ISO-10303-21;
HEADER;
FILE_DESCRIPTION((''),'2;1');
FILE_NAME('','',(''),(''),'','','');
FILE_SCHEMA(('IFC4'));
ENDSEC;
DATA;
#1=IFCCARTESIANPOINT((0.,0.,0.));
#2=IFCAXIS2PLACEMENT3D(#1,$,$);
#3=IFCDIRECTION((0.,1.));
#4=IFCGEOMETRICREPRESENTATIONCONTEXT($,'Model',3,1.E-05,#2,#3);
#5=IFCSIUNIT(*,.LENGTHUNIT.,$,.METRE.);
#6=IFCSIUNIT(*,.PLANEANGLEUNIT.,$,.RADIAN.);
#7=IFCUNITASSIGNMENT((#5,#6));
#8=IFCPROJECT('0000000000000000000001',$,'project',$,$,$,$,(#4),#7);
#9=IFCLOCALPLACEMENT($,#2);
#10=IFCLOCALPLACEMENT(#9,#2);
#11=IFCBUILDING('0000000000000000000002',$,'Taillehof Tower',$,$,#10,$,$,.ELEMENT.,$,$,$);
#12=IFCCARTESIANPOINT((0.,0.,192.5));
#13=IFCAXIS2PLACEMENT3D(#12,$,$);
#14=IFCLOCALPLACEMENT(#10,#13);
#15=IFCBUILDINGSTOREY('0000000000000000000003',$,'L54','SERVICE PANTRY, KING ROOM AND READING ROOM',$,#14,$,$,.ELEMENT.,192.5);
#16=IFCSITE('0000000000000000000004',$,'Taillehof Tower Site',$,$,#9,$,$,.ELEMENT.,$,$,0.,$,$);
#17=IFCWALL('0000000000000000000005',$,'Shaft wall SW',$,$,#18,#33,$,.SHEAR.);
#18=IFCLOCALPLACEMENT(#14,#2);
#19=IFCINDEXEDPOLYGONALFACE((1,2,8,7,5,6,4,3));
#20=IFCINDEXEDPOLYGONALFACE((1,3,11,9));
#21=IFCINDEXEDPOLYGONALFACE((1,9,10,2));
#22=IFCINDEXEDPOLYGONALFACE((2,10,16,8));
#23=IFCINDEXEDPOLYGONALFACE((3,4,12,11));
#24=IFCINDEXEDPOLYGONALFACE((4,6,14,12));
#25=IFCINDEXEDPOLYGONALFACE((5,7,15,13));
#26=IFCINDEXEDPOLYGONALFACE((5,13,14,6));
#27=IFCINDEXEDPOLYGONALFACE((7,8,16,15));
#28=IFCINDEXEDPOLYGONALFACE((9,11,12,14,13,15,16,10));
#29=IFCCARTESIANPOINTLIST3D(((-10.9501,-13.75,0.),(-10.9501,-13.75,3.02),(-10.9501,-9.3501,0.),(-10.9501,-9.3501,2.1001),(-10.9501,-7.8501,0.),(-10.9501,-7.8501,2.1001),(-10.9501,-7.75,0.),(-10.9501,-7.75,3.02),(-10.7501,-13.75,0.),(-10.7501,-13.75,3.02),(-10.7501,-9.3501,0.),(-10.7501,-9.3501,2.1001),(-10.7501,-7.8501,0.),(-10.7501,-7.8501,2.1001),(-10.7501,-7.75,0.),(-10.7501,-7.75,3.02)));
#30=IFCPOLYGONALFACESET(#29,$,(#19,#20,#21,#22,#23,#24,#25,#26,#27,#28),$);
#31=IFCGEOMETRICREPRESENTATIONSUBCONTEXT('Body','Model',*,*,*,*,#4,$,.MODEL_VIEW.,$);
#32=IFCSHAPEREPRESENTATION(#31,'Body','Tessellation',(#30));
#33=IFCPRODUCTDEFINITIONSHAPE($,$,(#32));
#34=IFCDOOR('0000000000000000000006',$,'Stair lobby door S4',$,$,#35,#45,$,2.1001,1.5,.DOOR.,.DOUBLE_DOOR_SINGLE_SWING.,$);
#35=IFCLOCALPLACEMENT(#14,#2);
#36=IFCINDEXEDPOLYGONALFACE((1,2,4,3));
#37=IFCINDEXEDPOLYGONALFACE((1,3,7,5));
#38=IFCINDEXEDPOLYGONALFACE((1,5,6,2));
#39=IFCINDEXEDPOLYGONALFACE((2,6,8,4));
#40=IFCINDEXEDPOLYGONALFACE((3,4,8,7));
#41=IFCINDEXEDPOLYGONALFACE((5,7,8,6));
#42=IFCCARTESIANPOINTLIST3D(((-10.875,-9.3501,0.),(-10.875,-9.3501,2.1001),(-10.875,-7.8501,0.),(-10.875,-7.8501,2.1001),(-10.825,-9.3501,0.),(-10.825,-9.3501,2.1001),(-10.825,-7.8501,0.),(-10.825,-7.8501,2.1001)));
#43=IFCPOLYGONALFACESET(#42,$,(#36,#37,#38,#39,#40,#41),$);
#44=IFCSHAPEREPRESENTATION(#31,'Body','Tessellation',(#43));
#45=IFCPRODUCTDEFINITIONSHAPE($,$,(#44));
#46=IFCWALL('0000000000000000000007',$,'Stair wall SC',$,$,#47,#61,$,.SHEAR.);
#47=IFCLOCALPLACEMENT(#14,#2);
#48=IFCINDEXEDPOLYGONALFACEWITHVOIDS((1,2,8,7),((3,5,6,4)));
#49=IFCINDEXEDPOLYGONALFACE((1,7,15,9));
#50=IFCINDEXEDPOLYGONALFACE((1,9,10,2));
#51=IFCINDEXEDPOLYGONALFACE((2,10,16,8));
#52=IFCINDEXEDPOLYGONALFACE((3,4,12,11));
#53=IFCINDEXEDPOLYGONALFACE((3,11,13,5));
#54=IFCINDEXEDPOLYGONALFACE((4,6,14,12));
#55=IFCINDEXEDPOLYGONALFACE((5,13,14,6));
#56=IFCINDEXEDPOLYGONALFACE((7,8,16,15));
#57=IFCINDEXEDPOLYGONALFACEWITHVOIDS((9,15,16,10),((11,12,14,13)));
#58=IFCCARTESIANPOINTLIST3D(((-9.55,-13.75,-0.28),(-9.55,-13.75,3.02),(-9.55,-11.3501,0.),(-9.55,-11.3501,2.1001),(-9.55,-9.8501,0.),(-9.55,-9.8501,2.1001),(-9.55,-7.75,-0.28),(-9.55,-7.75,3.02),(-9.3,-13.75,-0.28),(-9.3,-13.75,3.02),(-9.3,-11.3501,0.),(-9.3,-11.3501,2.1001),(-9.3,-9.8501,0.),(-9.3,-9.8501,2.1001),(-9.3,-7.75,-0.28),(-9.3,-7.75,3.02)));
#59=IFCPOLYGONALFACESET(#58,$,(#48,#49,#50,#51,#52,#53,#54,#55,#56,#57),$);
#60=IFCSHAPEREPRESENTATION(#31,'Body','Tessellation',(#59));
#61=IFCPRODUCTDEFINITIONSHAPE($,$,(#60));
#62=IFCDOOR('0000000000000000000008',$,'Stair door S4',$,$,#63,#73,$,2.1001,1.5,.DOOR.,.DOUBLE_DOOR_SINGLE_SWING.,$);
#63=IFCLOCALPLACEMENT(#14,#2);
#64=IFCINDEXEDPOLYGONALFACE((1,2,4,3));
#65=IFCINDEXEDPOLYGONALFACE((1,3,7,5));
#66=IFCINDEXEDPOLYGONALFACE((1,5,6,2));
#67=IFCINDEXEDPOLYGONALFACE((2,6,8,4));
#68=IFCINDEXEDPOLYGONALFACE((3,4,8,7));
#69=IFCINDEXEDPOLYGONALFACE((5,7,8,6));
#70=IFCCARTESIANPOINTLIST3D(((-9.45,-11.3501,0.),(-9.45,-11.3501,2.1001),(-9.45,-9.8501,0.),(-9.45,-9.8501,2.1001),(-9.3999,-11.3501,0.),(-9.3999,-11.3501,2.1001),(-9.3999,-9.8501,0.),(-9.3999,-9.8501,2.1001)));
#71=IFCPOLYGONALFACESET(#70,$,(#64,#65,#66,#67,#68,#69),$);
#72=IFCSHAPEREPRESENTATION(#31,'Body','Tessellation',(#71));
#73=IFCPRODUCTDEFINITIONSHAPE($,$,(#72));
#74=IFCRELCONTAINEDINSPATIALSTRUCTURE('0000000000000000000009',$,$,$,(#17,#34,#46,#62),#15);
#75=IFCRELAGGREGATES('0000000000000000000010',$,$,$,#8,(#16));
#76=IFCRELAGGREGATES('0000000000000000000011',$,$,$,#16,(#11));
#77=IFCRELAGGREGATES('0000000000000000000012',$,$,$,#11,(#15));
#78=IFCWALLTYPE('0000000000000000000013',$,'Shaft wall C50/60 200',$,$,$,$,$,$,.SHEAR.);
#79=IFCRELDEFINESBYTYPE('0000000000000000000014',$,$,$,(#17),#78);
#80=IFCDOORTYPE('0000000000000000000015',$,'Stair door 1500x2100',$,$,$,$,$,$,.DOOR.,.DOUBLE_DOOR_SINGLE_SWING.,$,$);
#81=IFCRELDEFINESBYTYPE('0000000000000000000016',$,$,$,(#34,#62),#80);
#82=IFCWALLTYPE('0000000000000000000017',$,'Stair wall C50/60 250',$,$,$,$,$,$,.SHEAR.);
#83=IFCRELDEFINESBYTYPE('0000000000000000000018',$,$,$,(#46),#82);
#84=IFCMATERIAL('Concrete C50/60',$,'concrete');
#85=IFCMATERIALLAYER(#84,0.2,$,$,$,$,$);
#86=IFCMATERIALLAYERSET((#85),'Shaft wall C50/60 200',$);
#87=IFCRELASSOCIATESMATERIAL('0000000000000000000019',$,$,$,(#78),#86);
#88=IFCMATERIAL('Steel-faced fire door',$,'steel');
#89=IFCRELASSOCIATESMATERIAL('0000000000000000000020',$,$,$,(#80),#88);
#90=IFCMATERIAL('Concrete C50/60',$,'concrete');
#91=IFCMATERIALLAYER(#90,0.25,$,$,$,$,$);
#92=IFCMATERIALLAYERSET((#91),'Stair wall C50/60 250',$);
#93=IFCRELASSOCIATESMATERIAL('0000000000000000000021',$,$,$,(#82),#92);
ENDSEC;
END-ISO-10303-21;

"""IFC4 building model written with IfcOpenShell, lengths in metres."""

from ifc_helpers import new_model, si_unit, direction, frame, frame_2d, origin, place, context, subcontext, project, spatial, rectangle, extrude, material, layer, layer_set, type_object, element, fill, save


model = new_model("IFC4")

# Units and contexts
model_context = context("Model", 3, precision=1e-05, world=origin(), true_north=direction((0.0, 1.0)))
body_context = subcontext(model_context, "Body", "Model", "MODEL_VIEW")
ifc_project = project(units=[si_unit("LENGTHUNIT", "METRE"), si_unit("PLANEANGLEUNIT", "RADIAN")], contexts=[model_context])

# Site, building, storey
site_placement = place(None, origin())
site = spatial("IfcSite", under=ifc_project, at=site_placement, Name="Taillehof Tower Site", CompositionType="ELEMENT", RefElevation=0.0)
building_placement = place(site_placement, origin())
building = spatial("IfcBuilding", under=site, at=building_placement, Name="Taillehof Tower", CompositionType="ELEMENT")
storey_placement = place(building_placement, frame((0.0, 0.0, 192.5)))
storey = spatial("IfcBuildingStorey", under=building, at=storey_placement, Name="L54", Description="SERVICE PANTRY, KING ROOM AND READING ROOM", CompositionType="ELEMENT", Elevation=192.5)

# Walls, openings, doors
ifc_material_1 = material(Name="Concrete C50/60", Category="concrete")
ifc_layer_1 = layer(ifc_material_1, 0.2)
ifc_layer_set_1 = layer_set([ifc_layer_1], Name="Shaft wall C50/60 200")
wall_type_1 = type_object("IfcWallType", Name="Shaft wall C50/60 200", PredefinedType="SHEAR", material=ifc_layer_set_1)
wall_1_placement = place(storey_placement, frame((-10.8501, -13.75, 0.0), z_axis=(0.0, 0.0, 1.0), x_axis=(0.0, 1.0, 0.0)))
wall_1 = element("IfcWall", 1, at=wall_1_placement, inside=storey, type_object=wall_type_1, Name="Shaft wall SW", PredefinedType="SHEAR", context=body_context, shape_type="SweptSolid", body=[
    extrude(rectangle(XDim=6.0, YDim=0.2, at=frame_2d((3.0, 0.0))), origin(), (0.0, 0.0, 1.0), 3.02),
])
opening_1_placement = place(wall_1_placement, frame((4.3999, 0.0, 0.0)))
opening_1 = element("IfcOpeningElement", 2, at=opening_1_placement, cuts=wall_1, PredefinedType="OPENING", context=body_context, shape_type="SweptSolid", body=[
    extrude(rectangle(XDim=1.5, YDim=2.1001, at=frame_2d((0.75, 1.05))), frame((0.0, 0.1099, 0.0), z_axis=(0.0, -1.0, 0.0), x_axis=(1.0, 0.0, 0.0)), (0.0, 0.0, 1.0), 0.22),
])
ifc_material_2 = material(Name="Steel-faced fire door", Category="steel")
door_type_1 = type_object("IfcDoorType", Name="Stair door 1500x2100", OperationType="DOUBLE_DOOR_SINGLE_SWING", PredefinedType="DOOR", material=ifc_material_2)
door_1_placement = place(opening_1_placement, origin())
door_1 = element("IfcDoor", 3, at=door_1_placement, inside=storey, type_object=door_type_1, Name="Stair lobby door S4", OperationType="DOUBLE_DOOR_SINGLE_SWING", OverallHeight=2.1001, OverallWidth=1.5, PredefinedType="DOOR", context=body_context, shape_type="SweptSolid", body=[
    extrude(rectangle(XDim=1.5, YDim=2.1001, at=frame_2d((0.75, 1.05))), frame((0.0, 0.0249, 0.0), z_axis=(0.0, -1.0, 0.0), x_axis=(1.0, 0.0, 0.0)), (0.0, 0.0, 1.0), 0.05),
])
fill(opening_1, door_1)
ifc_material_3 = material(Name="Concrete C50/60", Category="concrete")
ifc_layer_2 = layer(ifc_material_3, 0.25)
ifc_layer_set_2 = layer_set([ifc_layer_2], Name="Stair wall C50/60 250")
wall_type_2 = type_object("IfcWallType", Name="Stair wall C50/60 250", PredefinedType="SHEAR", material=ifc_layer_set_2)
wall_2_placement = place(storey_placement, frame((-9.425, -13.75, -0.28), z_axis=(0.0, 0.0, 1.0), x_axis=(0.0, 1.0, 0.0)))
wall_2 = element("IfcWall", 4, at=wall_2_placement, inside=storey, type_object=wall_type_2, Name="Stair wall SC", PredefinedType="SHEAR", context=body_context, shape_type="SweptSolid", body=[
    extrude(rectangle(XDim=6.0, YDim=0.25, at=frame_2d((3.0, 0.0))), origin(), (0.0, 0.0, 1.0), 3.3),
])
opening_2_placement = place(wall_2_placement, frame((2.3999, 0.0, 0.28)))
opening_2 = element("IfcOpeningElement", 5, at=opening_2_placement, cuts=wall_2, PredefinedType="OPENING", context=body_context, shape_type="SweptSolid", body=[
    extrude(rectangle(XDim=1.5, YDim=2.1001, at=frame_2d((0.75, 1.05))), frame((0.0, 0.135, 0.0), z_axis=(0.0, -1.0, 0.0), x_axis=(1.0, 0.0, 0.0)), (0.0, 0.0, 1.0), 0.27),
])
door_2_placement = place(opening_2_placement, origin())
door_2 = element("IfcDoor", 6, at=door_2_placement, inside=storey, type_object=door_type_1, Name="Stair door S4", OperationType="DOUBLE_DOOR_SINGLE_SWING", OverallHeight=2.1001, OverallWidth=1.5, PredefinedType="DOOR", context=body_context, shape_type="SweptSolid", body=[
    extrude(rectangle(XDim=1.5, YDim=2.1001, at=frame_2d((0.75, 1.05))), frame((0.0, 0.0249, 0.0), z_axis=(0.0, -1.0, 0.0), x_axis=(1.0, 0.0, 0.0)), (0.0, 0.0, 1.0), 0.05),
])
fill(opening_2, door_2)

save(model, "model.ifc")
